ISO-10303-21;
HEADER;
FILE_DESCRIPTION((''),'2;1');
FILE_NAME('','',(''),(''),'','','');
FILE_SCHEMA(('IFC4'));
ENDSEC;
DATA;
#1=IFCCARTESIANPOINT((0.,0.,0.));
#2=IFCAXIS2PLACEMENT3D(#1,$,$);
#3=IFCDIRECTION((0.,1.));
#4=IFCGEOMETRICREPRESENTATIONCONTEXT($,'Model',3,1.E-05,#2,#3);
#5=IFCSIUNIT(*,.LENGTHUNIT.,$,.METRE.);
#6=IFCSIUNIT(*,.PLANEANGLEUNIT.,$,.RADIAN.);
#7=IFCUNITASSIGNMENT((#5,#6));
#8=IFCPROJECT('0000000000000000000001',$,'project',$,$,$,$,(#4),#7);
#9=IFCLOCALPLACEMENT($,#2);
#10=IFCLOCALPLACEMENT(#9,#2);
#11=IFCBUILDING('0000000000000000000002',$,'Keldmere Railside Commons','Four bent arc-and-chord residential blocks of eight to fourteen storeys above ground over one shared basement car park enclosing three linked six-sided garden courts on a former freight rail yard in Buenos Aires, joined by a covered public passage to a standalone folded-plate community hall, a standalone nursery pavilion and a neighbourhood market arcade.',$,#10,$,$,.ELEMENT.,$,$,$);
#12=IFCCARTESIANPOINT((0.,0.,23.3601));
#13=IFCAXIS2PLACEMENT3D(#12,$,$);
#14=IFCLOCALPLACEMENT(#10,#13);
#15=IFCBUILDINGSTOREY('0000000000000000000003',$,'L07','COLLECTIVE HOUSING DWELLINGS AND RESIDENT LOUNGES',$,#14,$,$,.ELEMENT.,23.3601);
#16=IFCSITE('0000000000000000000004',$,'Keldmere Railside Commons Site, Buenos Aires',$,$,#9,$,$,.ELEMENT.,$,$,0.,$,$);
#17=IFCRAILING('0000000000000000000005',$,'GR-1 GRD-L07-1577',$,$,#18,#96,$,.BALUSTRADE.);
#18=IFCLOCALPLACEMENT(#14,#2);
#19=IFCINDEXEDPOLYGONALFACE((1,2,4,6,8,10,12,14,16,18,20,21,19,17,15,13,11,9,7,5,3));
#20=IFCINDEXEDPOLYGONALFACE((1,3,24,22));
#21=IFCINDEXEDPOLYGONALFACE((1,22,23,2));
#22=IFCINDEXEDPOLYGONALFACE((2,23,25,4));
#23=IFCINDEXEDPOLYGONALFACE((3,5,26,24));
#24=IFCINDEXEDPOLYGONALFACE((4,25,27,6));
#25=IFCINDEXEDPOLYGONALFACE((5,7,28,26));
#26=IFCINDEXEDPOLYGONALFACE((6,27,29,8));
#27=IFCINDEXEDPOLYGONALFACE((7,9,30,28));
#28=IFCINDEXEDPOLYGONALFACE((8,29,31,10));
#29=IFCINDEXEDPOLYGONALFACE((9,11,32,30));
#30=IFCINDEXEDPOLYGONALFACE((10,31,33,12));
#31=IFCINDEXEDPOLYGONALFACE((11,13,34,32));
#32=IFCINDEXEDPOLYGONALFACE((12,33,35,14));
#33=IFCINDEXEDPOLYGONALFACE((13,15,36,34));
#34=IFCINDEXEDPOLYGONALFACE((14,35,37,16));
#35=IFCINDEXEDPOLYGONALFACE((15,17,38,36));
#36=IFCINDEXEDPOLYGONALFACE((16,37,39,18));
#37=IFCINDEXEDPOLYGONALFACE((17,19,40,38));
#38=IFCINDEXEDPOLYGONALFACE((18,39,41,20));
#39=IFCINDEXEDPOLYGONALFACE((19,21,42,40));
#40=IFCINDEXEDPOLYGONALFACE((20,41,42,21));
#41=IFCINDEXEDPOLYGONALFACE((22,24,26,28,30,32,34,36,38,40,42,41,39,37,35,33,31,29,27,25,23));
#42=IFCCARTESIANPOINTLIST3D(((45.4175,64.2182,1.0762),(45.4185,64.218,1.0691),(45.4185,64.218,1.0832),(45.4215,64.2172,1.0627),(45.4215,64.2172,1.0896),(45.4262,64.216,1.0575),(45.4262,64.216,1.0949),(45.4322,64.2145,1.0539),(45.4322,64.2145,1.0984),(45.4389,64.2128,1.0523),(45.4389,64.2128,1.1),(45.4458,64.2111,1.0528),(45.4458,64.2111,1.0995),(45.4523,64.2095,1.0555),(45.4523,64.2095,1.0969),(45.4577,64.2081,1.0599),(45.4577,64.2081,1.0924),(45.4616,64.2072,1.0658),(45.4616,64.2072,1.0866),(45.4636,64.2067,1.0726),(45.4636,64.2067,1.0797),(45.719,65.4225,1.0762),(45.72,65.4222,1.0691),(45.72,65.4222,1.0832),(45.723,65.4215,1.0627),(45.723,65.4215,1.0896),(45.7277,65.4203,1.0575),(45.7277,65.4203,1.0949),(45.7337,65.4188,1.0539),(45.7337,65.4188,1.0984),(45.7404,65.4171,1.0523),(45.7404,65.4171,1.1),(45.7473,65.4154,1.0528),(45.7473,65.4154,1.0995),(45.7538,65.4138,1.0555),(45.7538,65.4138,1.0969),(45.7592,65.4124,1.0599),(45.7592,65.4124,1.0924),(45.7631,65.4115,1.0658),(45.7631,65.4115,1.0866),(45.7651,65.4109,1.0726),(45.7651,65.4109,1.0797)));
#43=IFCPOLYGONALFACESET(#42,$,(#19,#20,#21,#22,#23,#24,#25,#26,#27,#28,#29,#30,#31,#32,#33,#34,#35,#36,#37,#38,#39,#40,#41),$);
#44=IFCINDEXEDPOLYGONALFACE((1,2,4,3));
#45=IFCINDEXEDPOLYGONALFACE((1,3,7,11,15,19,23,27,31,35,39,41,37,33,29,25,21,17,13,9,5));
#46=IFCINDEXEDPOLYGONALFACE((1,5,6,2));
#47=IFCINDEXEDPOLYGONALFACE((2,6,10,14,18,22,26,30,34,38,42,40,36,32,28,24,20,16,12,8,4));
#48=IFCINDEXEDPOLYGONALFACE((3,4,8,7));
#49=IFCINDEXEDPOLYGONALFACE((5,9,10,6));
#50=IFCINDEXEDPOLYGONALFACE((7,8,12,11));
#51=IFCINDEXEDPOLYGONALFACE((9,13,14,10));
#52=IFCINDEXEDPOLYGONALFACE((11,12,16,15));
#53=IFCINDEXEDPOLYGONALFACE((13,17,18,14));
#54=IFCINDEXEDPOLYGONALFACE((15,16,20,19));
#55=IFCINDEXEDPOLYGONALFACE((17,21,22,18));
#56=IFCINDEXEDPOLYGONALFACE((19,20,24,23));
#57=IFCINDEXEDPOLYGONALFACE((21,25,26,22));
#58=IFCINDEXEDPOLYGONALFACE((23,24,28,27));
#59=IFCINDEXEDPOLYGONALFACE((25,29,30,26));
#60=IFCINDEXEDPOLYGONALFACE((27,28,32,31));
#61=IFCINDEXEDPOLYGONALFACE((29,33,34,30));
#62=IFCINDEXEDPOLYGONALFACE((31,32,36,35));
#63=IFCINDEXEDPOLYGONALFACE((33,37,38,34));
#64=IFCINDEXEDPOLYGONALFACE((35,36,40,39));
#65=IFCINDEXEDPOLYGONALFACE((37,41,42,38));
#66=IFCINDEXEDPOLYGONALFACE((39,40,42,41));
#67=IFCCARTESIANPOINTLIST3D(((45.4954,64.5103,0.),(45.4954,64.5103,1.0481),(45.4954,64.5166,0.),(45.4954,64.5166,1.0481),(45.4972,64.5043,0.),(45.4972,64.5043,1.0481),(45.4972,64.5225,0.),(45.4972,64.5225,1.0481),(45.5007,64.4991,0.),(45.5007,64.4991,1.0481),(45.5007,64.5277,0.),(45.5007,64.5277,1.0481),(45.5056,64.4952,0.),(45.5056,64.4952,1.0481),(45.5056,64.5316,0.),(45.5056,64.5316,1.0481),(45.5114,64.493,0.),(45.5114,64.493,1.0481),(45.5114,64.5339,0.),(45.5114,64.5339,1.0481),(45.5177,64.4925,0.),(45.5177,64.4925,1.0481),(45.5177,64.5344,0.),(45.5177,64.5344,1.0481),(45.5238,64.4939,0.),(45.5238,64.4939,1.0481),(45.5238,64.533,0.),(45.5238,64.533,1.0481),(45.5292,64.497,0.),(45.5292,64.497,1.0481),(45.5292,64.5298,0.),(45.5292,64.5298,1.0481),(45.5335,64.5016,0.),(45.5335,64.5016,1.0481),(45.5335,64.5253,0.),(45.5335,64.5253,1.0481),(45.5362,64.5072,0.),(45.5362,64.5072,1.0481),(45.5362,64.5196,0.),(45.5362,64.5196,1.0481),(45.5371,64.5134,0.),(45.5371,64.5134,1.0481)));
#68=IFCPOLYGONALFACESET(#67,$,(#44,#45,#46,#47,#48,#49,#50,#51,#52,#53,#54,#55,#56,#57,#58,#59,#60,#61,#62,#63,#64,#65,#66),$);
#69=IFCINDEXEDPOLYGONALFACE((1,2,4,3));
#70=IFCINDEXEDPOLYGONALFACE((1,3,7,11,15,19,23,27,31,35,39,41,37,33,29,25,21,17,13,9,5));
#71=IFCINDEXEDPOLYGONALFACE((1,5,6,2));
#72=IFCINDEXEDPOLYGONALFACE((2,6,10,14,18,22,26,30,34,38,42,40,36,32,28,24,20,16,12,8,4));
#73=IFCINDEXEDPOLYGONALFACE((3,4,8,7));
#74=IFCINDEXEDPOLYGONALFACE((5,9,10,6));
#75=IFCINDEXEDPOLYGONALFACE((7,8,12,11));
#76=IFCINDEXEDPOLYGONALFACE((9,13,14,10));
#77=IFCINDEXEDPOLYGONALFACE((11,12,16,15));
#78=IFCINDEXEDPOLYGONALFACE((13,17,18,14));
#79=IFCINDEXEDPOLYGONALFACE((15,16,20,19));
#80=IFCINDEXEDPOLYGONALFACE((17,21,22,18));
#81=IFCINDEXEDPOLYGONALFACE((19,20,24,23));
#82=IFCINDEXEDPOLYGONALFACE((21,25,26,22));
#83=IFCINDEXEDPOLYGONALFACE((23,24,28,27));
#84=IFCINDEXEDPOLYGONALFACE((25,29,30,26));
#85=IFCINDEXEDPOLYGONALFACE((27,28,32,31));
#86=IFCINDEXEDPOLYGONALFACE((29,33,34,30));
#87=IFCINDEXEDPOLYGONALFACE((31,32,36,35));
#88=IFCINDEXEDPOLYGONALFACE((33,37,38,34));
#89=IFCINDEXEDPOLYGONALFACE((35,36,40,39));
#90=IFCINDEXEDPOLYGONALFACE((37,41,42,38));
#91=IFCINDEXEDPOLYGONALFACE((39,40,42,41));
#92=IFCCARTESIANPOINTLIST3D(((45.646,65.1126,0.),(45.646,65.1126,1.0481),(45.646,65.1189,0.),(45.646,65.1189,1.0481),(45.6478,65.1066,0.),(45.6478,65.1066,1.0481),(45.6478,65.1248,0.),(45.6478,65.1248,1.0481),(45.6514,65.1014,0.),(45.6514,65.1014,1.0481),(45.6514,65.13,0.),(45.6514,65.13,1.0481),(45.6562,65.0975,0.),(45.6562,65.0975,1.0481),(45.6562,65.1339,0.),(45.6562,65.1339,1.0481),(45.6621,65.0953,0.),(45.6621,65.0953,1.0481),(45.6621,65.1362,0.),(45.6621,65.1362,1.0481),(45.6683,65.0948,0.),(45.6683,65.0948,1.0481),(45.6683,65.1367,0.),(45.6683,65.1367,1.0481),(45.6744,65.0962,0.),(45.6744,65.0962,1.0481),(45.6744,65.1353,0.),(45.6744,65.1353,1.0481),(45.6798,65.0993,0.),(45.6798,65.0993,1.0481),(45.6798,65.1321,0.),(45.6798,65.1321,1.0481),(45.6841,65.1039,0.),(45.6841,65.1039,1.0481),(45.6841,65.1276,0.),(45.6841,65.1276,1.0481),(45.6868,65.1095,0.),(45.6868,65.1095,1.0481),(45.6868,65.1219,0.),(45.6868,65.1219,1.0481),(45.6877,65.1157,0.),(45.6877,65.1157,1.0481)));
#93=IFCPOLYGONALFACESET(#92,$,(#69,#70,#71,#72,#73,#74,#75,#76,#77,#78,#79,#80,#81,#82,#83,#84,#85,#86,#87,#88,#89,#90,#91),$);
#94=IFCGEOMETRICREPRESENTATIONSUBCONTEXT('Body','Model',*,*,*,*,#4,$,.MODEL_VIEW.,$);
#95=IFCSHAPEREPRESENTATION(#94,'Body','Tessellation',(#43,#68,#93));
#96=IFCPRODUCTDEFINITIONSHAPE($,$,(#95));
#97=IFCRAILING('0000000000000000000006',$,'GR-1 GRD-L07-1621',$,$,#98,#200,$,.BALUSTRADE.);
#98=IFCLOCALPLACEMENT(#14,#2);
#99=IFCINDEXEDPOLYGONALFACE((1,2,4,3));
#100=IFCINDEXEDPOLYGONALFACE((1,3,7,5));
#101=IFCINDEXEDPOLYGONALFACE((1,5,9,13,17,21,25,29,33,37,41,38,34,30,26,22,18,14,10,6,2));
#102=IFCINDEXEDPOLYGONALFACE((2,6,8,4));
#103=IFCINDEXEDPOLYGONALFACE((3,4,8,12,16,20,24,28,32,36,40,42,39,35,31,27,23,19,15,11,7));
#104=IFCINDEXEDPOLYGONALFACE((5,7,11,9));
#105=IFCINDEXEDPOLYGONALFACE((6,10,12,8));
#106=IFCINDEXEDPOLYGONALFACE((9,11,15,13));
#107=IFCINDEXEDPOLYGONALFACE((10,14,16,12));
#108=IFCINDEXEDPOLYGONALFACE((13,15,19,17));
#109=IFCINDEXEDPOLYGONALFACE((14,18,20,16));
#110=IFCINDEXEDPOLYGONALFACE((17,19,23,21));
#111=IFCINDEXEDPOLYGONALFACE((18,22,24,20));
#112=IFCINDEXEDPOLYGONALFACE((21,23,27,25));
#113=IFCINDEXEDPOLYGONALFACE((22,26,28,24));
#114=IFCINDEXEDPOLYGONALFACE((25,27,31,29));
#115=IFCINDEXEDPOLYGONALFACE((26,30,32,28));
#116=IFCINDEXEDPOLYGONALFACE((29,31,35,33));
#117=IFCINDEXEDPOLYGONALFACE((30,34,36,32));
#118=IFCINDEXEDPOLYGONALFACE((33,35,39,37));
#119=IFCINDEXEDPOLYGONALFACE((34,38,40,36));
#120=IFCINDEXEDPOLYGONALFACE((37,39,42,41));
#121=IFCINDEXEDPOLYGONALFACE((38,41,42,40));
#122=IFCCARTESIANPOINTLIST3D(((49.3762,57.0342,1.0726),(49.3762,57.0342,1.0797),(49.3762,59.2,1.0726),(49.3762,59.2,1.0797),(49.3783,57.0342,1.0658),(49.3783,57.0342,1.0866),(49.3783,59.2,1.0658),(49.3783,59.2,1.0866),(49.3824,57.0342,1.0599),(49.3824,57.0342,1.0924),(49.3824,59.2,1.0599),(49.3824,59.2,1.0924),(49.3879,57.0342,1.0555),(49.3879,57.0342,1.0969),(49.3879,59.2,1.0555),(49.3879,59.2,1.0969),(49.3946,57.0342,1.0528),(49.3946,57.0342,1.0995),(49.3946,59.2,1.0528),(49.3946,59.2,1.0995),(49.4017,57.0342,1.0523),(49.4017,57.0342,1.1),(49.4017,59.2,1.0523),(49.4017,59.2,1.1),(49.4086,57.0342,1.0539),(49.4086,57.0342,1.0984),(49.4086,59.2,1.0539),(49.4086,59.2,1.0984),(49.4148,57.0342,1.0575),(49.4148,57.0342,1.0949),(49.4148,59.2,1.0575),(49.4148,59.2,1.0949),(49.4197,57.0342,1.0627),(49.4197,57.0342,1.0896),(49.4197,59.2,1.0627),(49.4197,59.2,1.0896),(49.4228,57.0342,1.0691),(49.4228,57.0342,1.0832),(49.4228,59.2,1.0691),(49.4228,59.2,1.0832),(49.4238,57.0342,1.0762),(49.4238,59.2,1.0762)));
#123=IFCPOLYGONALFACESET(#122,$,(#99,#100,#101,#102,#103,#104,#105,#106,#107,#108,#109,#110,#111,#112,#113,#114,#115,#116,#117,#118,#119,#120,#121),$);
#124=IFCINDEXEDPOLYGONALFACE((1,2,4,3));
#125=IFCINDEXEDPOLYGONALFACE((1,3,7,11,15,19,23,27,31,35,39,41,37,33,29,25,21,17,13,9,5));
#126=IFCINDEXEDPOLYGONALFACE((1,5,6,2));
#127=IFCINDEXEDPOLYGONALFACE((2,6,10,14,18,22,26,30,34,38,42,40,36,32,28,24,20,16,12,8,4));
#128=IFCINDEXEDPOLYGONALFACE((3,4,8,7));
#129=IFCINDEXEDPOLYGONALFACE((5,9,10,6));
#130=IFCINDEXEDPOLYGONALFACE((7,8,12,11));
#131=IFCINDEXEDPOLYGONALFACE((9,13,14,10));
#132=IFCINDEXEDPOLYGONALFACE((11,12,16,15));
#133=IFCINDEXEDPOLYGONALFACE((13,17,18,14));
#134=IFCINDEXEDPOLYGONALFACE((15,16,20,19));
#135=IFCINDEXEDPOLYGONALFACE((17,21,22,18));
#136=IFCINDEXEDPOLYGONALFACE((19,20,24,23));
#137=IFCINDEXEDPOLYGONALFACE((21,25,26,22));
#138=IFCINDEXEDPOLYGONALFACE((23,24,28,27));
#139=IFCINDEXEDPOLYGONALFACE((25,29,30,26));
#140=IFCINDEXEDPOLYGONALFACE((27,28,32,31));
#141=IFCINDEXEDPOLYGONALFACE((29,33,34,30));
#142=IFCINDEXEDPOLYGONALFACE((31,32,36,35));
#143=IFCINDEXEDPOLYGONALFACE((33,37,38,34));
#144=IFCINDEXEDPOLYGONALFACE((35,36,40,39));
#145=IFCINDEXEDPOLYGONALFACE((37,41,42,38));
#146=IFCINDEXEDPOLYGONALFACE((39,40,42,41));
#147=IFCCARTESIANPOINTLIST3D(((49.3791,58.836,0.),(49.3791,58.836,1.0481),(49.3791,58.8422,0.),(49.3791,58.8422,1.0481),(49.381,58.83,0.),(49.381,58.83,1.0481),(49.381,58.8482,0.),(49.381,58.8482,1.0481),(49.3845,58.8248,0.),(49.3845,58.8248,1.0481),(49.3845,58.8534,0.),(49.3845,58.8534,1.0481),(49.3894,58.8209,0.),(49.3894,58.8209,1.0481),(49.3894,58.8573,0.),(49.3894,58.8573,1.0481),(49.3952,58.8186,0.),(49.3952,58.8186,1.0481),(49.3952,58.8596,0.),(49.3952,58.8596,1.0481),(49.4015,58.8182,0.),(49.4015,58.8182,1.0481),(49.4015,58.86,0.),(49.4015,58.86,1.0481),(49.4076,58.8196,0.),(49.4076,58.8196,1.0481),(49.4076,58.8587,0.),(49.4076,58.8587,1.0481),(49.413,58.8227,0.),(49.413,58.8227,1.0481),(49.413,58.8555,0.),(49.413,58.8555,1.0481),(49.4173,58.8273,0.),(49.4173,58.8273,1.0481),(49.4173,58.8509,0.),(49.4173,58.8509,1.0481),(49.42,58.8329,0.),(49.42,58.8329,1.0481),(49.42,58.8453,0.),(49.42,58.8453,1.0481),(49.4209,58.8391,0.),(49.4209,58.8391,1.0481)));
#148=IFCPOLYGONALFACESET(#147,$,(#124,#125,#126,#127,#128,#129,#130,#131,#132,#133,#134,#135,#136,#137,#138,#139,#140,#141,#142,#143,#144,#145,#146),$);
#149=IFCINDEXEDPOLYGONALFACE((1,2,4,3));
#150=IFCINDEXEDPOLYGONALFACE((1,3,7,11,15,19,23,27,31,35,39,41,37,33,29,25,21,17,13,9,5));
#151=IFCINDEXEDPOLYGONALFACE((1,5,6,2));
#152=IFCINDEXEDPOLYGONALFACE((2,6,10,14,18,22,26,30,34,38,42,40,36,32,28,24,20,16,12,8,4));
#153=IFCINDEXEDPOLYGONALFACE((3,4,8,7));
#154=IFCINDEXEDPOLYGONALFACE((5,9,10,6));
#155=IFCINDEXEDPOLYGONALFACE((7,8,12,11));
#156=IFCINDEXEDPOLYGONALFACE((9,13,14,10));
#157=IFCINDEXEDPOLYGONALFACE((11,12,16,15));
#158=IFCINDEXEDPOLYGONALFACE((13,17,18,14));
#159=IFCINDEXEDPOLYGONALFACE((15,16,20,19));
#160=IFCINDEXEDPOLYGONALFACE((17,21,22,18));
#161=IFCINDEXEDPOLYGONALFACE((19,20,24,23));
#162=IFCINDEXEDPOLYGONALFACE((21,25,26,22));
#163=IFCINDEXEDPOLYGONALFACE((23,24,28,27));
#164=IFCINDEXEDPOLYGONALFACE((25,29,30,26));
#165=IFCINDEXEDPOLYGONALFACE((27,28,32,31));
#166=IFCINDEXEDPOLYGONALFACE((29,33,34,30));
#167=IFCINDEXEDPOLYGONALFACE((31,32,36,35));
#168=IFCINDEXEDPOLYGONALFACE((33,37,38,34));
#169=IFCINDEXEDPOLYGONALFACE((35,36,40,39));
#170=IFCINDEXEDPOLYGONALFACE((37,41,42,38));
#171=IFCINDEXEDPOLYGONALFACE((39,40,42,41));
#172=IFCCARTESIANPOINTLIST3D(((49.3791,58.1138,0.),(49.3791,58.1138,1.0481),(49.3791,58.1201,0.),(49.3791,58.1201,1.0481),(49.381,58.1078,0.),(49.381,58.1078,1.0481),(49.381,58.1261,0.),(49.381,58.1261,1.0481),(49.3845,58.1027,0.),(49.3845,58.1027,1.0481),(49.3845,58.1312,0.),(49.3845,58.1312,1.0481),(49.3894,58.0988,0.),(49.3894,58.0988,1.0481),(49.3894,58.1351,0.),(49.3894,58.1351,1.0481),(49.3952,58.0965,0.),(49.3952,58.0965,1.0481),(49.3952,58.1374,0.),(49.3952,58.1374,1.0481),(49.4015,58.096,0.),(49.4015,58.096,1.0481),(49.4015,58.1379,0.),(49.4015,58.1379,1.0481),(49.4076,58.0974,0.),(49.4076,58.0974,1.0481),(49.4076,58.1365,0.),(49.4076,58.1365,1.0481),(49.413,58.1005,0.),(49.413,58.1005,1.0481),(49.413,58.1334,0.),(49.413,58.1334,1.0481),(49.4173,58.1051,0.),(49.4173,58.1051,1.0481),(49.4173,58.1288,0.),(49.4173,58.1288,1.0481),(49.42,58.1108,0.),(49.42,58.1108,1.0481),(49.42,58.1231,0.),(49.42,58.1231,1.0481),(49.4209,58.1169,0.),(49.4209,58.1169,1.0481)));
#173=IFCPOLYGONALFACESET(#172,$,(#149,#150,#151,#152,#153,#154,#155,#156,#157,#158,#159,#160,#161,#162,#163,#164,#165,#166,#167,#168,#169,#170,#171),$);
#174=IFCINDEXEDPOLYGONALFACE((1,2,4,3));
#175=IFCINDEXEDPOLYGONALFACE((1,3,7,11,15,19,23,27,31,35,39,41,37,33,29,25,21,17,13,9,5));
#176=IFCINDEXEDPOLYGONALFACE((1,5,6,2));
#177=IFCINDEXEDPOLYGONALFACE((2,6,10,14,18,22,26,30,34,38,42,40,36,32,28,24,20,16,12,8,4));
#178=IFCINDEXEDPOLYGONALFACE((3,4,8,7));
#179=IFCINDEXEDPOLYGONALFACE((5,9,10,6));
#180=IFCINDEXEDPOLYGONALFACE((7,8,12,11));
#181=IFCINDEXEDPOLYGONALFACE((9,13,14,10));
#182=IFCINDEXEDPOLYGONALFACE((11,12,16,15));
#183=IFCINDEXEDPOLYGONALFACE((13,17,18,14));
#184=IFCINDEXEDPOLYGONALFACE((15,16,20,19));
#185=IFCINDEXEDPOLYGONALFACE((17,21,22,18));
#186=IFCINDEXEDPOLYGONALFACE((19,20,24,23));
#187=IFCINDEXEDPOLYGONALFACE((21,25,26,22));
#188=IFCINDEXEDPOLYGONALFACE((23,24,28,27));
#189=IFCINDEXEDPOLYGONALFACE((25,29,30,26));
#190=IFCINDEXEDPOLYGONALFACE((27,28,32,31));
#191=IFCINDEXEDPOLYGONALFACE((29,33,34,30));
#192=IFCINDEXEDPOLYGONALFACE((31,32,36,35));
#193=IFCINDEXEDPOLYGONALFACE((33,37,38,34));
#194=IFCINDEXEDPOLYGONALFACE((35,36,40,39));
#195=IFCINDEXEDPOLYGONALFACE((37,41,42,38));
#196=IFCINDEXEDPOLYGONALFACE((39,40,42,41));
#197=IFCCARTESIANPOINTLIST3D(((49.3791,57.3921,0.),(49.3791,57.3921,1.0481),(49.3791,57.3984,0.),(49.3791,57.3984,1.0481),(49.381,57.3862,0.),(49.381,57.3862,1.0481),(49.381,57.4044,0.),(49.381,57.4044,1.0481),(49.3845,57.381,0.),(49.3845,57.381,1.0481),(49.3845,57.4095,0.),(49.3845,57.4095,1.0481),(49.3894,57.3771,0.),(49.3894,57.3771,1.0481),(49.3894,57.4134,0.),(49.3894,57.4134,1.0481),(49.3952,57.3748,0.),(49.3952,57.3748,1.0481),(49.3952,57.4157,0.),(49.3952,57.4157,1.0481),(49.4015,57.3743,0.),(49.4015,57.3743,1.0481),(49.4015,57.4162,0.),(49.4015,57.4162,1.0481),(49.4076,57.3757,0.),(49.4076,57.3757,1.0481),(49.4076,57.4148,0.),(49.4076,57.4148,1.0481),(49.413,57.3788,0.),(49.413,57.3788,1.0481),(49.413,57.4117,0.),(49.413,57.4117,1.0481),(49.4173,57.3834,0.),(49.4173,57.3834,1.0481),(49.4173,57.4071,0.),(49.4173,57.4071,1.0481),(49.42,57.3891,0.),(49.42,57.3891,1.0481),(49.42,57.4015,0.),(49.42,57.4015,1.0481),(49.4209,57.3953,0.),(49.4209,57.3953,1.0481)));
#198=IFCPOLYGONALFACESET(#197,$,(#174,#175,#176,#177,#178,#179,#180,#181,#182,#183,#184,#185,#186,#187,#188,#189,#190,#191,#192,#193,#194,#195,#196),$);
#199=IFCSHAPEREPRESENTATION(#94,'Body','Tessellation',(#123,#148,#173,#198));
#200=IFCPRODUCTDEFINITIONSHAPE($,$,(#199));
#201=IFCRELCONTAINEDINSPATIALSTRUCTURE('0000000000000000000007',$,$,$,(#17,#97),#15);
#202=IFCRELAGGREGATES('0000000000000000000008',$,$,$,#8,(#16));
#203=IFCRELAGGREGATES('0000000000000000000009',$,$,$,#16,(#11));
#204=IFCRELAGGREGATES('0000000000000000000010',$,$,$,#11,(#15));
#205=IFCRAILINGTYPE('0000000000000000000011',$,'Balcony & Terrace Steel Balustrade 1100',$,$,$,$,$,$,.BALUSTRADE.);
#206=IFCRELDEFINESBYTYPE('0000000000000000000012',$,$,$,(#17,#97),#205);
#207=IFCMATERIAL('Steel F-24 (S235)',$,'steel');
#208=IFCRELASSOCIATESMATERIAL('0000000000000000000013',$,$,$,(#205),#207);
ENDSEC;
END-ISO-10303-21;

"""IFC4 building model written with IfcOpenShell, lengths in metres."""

from ifc_helpers import new_model, si_unit, direction, frame, origin, origin_2d, place, context, subcontext, project, spatial, circle, extrude, material, type_object, element, save


model = new_model("IFC4")

# Units and contexts
model_context = context("Model", 3, precision=1e-05, world=origin(), true_north=direction((0.0, 1.0)))
body_context = subcontext(model_context, "Body", "Model", "MODEL_VIEW")
ifc_project = project(units=[si_unit("LENGTHUNIT", "METRE"), si_unit("PLANEANGLEUNIT", "RADIAN")], contexts=[model_context])

# Site, building, storey
site_placement = place(None, origin())
site = spatial("IfcSite", under=ifc_project, at=site_placement, Name="Keldmere Railside Commons Site, Buenos Aires", CompositionType="ELEMENT", RefElevation=0.0)
building_placement = place(site_placement, origin())
building = spatial("IfcBuilding", under=site, at=building_placement, Name="Keldmere Railside Commons", Description="Four bent arc-and-chord residential blocks of eight to fourteen storeys above ground over one shared basement car park enclosing three linked six-sided garden courts on a former freight rail yard in Buenos Aires, joined by a covered public passage to a standalone folded-plate community hall, a standalone nursery pavilion and a neighbourhood market arcade.", CompositionType="ELEMENT")
storey_placement = place(building_placement, frame((0.0, 0.0, 23.3601)))
storey = spatial("IfcBuildingStorey", under=building, at=storey_placement, Name="L07", Description="COLLECTIVE HOUSING DWELLINGS AND RESIDENT LOUNGES", CompositionType="ELEMENT", Elevation=23.3601)

# Railings
ifc_material_1 = material(Name="Steel F-24 (S235)", Category="steel")
railing_type = type_object("IfcRailingType", Name="Balcony & Terrace Steel Balustrade 1100", PredefinedType="BALUSTRADE", material=ifc_material_1)
railing_1_placement = place(storey_placement, frame((45.4407, 64.2124, 0.0)))
element("IfcRailing", 1, at=railing_1_placement, inside=storey, type_object=railing_type, Name="GR-1 GRD-L07-1577", PredefinedType="BALUSTRADE", context=body_context, shape_type="SweptSolid", body=[
    extrude(circle(Radius=0.0239, at=origin_2d()), frame((0.0, 0.0, 1.0762), z_axis=(0.24286, 0.970061, 0.0), x_axis=(-0.970061, 0.24286, 0.0)), (0.0, 0.0, 1.0), 1.2415),
    extrude(circle(Radius=0.021, at=origin_2d()), frame((0.0754, 0.301, 0.0)), (0.0, 0.0, 1.0), 1.0481),
    extrude(circle(Radius=0.021, at=origin_2d()), frame((0.2261, 0.9033, 0.0)), (0.0, 0.0, 1.0), 1.0481),
])
railing_2_placement = place(storey_placement, frame((49.3999, 59.2, 0.0)))
element("IfcRailing", 2, at=railing_2_placement, inside=storey, type_object=railing_type, Name="GR-1 GRD-L07-1621", PredefinedType="BALUSTRADE", context=body_context, shape_type="SweptSolid", body=[
    extrude(circle(Radius=0.0239, at=origin_2d()), frame((0.0, 0.0, 1.0762), z_axis=(0.0, -1.0, 0.0), x_axis=(1.0, 0.0, 0.0)), (0.0, 0.0, 1.0), 2.1658),
    extrude(circle(Radius=0.021, at=origin_2d()), frame((0.0, -0.3608, 0.0)), (0.0, 0.0, 1.0), 1.0481),
    extrude(circle(Radius=0.021, at=origin_2d()), frame((0.0, -1.083, 0.0)), (0.0, 0.0, 1.0), 1.0481),
    extrude(circle(Radius=0.021, at=origin_2d()), frame((0.0, -1.8047, 0.0)), (0.0, 0.0, 1.0), 1.0481),
])

save(model, "model.ifc")
